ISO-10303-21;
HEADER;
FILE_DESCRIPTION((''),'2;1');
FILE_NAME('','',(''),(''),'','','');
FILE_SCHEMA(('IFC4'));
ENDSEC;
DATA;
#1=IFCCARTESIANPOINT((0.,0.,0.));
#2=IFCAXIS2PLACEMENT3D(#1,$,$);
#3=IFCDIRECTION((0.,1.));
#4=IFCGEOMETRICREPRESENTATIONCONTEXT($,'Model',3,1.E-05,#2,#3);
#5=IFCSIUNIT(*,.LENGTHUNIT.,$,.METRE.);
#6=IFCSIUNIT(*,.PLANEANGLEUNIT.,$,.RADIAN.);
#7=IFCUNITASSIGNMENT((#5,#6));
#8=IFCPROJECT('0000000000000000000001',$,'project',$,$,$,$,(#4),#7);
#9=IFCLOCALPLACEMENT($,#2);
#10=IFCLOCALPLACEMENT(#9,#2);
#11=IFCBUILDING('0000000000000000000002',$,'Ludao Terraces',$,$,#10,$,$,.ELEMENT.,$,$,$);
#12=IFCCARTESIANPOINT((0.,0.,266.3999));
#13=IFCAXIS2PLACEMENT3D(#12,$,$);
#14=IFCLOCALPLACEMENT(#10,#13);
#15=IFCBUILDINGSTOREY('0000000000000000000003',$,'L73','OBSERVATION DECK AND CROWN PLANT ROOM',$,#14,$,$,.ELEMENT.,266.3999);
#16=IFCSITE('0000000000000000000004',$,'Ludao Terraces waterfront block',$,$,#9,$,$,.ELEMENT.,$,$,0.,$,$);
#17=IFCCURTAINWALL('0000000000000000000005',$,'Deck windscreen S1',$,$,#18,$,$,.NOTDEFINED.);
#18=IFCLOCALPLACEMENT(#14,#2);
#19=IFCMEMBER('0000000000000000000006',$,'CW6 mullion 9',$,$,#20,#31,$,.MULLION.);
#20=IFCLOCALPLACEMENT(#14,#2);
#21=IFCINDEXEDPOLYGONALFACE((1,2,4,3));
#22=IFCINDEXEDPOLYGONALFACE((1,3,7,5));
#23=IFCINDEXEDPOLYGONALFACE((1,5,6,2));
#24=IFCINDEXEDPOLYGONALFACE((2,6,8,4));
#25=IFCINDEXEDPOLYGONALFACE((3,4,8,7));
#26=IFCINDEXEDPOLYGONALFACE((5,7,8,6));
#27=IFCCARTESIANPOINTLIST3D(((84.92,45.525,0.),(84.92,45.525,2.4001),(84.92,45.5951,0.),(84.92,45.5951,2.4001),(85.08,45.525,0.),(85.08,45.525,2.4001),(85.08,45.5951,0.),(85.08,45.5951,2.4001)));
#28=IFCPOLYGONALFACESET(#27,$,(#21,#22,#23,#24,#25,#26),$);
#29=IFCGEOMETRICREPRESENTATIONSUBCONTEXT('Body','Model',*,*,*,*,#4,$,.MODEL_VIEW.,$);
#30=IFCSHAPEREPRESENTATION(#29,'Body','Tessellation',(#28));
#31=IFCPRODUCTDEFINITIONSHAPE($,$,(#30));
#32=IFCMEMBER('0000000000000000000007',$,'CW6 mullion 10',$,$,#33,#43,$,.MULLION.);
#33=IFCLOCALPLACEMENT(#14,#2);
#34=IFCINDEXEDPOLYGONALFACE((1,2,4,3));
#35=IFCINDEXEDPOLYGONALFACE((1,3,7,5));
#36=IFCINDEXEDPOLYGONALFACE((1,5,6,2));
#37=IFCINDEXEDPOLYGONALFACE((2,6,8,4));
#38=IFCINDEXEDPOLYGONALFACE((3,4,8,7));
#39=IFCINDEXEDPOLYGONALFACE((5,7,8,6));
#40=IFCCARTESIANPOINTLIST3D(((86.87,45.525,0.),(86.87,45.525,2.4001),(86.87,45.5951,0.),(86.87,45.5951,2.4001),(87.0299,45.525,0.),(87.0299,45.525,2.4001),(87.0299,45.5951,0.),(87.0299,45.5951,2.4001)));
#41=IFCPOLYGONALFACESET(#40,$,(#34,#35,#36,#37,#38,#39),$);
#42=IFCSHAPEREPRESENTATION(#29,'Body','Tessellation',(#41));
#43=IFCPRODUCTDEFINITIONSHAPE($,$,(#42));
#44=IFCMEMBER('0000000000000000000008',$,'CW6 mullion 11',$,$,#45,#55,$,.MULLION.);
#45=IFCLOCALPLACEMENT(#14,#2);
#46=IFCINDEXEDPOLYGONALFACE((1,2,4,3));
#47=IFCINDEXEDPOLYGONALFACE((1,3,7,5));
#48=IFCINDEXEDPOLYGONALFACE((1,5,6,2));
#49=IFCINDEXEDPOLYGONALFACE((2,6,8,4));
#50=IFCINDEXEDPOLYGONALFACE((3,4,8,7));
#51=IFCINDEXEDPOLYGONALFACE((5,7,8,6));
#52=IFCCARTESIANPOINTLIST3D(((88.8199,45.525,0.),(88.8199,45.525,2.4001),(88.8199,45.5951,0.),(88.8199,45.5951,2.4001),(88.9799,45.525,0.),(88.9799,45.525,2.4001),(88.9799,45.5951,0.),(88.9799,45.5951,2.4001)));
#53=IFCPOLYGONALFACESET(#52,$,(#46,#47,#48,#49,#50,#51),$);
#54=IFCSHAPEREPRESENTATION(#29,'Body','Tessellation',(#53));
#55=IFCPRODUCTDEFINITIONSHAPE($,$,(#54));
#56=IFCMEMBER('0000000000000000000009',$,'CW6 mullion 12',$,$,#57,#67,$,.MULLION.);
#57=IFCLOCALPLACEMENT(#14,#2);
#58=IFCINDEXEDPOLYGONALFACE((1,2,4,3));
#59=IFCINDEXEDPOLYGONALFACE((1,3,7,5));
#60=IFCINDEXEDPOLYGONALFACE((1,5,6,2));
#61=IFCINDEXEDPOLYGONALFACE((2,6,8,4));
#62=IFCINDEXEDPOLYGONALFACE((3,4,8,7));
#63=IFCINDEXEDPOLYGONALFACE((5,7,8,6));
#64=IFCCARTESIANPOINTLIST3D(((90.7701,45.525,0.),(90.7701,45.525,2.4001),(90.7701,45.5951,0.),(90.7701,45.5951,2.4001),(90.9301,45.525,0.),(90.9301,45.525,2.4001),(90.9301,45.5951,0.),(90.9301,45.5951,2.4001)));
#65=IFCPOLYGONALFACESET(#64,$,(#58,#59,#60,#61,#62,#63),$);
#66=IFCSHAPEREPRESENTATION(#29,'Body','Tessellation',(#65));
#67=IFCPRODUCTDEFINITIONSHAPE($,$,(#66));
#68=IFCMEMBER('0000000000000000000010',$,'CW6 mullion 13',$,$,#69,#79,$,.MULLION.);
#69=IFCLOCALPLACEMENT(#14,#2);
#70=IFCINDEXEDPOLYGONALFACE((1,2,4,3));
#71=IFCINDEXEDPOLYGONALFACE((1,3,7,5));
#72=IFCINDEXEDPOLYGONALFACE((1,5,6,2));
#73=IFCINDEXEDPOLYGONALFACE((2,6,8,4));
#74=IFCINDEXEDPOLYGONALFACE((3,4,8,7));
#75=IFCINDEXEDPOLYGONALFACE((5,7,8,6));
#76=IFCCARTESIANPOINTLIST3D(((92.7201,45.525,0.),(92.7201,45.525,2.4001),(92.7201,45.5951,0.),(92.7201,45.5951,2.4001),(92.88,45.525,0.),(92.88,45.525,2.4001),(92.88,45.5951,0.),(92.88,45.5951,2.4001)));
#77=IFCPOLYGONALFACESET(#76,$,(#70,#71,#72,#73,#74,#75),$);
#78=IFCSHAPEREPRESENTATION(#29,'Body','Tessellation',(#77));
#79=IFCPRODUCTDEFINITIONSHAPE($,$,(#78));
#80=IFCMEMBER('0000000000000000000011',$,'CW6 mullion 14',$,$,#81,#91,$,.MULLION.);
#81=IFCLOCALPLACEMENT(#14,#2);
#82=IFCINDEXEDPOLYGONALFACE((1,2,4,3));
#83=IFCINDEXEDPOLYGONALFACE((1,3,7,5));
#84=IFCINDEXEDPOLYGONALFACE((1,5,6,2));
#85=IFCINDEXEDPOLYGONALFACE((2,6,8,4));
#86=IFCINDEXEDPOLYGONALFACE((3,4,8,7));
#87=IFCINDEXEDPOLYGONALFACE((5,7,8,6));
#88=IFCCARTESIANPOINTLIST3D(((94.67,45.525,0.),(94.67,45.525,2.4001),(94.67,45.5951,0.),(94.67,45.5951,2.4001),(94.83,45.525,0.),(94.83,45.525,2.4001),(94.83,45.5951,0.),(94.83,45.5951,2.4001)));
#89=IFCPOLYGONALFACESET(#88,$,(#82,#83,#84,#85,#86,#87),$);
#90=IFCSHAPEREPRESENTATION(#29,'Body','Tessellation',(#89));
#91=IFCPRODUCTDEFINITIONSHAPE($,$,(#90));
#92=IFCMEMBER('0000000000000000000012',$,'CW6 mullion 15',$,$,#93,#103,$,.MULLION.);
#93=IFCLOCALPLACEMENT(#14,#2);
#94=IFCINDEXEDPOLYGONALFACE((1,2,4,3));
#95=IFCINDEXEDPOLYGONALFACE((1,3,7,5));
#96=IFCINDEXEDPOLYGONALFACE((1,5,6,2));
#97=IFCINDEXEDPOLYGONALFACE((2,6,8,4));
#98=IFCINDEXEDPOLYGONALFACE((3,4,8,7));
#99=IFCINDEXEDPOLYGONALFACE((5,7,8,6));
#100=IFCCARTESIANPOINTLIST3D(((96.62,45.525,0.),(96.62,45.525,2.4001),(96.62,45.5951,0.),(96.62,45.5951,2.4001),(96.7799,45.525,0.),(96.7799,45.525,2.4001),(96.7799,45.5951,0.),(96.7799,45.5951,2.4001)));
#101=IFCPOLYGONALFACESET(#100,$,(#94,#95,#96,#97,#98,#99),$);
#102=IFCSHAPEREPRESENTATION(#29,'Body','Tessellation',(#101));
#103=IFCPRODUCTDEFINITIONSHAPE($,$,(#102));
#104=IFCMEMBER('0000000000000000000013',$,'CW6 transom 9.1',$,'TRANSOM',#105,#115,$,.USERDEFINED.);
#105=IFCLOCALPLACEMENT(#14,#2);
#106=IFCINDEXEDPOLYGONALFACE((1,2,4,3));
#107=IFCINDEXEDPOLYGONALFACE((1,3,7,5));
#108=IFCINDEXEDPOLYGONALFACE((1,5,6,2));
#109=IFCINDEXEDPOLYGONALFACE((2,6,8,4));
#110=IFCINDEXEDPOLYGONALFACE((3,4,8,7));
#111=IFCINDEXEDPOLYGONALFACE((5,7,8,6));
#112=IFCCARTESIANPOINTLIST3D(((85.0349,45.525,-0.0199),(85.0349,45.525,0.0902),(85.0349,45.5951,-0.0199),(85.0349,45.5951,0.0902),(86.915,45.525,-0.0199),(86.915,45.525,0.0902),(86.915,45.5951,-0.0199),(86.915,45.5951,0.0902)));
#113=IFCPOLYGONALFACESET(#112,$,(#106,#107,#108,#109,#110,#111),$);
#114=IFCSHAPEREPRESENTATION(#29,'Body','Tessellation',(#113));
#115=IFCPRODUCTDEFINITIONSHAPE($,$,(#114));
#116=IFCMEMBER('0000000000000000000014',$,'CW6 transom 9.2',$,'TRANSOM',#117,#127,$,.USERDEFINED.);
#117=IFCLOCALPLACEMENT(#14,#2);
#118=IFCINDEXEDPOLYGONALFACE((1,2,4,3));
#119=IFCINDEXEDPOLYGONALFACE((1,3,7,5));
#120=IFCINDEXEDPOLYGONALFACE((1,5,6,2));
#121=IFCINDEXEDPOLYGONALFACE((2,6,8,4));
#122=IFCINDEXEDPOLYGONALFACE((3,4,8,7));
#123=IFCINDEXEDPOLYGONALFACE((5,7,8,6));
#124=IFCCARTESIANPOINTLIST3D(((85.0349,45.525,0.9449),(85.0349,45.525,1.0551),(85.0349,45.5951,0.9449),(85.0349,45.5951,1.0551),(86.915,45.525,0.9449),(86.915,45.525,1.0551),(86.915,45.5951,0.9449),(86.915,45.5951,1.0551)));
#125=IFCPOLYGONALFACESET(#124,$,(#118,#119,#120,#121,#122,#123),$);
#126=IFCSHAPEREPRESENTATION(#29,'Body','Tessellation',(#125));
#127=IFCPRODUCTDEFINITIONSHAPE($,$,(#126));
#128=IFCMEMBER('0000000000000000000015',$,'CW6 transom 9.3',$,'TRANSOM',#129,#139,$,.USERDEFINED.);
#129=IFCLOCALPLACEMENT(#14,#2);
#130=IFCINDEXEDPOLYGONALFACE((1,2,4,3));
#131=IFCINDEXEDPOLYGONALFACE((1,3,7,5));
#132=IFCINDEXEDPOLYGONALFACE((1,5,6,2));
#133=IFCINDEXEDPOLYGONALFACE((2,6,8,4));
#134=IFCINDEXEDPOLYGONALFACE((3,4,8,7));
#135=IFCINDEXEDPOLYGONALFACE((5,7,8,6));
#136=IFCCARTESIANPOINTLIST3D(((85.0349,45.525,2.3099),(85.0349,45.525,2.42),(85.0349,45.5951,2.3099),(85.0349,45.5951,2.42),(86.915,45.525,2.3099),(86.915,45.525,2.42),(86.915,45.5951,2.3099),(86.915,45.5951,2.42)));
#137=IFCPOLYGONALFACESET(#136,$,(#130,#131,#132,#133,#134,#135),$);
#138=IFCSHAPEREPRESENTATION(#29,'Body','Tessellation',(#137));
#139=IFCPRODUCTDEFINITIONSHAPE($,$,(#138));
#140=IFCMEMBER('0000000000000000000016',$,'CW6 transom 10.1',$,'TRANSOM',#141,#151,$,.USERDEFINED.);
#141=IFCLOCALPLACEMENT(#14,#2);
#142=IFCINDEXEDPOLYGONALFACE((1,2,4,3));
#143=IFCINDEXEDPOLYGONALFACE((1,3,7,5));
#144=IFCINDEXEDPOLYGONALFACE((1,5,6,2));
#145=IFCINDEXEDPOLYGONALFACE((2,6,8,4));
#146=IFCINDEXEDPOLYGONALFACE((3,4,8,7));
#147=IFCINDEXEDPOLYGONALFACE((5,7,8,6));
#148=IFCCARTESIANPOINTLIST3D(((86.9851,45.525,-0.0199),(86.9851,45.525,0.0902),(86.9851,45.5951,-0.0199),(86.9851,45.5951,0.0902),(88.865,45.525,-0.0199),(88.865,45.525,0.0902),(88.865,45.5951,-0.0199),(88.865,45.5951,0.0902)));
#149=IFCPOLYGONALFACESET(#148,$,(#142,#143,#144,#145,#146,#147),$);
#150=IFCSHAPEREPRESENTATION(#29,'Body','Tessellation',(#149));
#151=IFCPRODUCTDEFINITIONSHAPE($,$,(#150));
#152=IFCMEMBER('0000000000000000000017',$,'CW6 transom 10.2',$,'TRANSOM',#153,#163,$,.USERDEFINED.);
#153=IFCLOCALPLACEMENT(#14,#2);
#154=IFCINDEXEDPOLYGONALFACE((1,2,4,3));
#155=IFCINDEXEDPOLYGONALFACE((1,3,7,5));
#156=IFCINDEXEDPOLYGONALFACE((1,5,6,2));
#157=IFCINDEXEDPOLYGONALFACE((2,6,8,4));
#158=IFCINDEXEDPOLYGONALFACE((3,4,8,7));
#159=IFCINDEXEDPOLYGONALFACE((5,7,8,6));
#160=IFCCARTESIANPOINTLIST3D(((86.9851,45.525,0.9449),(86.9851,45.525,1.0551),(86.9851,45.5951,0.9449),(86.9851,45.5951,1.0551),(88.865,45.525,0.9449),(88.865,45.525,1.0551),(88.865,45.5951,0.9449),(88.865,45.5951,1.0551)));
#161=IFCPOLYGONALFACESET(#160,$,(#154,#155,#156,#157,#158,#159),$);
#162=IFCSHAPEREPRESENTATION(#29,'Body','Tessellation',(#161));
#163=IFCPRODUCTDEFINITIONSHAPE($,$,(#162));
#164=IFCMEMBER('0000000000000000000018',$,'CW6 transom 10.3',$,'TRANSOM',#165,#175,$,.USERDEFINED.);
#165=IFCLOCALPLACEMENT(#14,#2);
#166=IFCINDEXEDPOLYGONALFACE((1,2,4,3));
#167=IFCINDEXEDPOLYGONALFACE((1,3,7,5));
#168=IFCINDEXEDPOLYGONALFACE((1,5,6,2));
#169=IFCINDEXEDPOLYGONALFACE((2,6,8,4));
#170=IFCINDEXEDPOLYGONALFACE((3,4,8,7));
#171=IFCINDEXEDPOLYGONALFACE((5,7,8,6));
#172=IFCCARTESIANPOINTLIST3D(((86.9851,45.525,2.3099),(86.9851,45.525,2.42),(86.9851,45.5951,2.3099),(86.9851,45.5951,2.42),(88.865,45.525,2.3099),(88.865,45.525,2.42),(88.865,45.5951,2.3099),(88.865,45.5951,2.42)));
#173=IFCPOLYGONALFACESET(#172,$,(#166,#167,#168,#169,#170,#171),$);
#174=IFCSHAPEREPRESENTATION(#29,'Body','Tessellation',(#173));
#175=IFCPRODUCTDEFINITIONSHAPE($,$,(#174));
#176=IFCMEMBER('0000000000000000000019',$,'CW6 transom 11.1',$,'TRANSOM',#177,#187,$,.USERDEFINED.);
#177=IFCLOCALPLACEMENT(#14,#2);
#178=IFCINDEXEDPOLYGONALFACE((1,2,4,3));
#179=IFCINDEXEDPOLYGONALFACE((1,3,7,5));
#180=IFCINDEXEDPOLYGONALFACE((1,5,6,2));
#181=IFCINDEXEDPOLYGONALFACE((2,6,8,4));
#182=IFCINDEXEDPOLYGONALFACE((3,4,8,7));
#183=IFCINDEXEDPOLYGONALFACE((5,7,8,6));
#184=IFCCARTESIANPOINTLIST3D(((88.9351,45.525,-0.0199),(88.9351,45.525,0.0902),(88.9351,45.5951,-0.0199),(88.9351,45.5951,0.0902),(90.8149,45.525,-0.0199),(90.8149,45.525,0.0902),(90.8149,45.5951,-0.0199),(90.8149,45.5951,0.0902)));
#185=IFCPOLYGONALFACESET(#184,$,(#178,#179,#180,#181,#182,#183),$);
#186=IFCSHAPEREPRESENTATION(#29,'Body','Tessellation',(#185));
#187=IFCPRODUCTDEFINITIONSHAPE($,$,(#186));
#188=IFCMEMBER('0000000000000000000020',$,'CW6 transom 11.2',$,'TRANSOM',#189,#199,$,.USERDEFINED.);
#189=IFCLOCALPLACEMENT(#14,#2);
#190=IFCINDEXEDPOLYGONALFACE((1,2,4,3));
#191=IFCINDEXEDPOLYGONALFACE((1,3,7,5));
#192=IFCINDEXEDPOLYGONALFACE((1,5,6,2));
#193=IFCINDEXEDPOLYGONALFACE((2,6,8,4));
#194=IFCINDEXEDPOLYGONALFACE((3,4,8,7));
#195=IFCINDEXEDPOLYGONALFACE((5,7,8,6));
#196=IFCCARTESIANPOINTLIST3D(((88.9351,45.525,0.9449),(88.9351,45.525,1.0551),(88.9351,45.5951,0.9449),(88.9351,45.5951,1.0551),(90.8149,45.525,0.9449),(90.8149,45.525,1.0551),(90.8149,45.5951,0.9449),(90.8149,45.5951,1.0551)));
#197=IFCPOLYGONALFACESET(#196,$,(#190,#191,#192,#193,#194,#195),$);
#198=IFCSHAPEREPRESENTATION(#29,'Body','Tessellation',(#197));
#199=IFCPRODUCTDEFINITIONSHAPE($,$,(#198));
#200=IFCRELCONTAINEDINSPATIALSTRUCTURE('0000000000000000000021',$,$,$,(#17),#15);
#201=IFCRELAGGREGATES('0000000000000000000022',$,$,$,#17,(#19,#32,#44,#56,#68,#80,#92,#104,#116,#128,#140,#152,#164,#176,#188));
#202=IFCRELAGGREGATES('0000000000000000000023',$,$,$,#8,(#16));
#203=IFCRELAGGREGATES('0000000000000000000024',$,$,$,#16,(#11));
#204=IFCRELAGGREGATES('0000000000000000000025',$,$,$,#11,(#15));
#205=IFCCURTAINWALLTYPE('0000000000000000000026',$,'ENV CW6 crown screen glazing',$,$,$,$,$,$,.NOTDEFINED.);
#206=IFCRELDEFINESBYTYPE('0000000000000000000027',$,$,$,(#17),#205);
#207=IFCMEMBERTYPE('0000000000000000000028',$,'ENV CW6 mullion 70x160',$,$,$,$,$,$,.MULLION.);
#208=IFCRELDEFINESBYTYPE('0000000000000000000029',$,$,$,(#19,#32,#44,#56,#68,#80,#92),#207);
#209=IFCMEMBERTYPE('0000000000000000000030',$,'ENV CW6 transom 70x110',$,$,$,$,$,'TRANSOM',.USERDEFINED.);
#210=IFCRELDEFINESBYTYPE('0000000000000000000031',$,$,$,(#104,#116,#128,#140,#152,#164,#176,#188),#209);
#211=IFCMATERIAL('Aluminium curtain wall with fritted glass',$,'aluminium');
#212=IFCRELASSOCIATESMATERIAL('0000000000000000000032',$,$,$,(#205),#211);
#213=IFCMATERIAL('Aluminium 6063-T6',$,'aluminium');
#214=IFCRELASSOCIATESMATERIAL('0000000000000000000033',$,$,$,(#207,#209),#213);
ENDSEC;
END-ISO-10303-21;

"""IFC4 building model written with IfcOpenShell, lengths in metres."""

from ifc_helpers import new_model, si_unit, direction, frame, origin, origin_2d, place, context, subcontext, project, spatial, rectangle, extrude, material, material_profile, profile_set, type_object, element, aggregate, save


model = new_model("IFC4")

# Units and contexts
model_context = context("Model", 3, precision=1e-05, world=origin(), true_north=direction((0.0, 1.0)))
body_context = subcontext(model_context, "Body", "Model", "MODEL_VIEW")
ifc_project = project(units=[si_unit("LENGTHUNIT", "METRE"), si_unit("PLANEANGLEUNIT", "RADIAN")], contexts=[model_context])

# Site, building, storey
site_placement = place(None, origin())
site = spatial("IfcSite", under=ifc_project, at=site_placement, Name="Ludao Terraces waterfront block", CompositionType="ELEMENT", RefElevation=0.0)
building_placement = place(site_placement, origin())
building = spatial("IfcBuilding", under=site, at=building_placement, Name="Ludao Terraces", CompositionType="ELEMENT")
storey_placement = place(building_placement, frame((0.0, 0.0, 266.3999)))
storey = spatial("IfcBuildingStorey", under=building, at=storey_placement, Name="L73", Description="OBSERVATION DECK AND CROWN PLANT ROOM", CompositionType="ELEMENT", Elevation=266.3999)

# Curtain wall, members
ifc_material_1 = material(Name="Aluminium curtain wall with fritted glass", Category="aluminium")
curtain_wall_type = type_object("IfcCurtainWallType", Name="ENV CW6 crown screen glazing", PredefinedType="NOTDEFINED", material=ifc_material_1)
curtain_wall_placement = place(storey_placement, origin())
curtain_wall = element("IfcCurtainWall", 1, at=curtain_wall_placement, inside=storey, type_object=curtain_wall_type, Name="Deck windscreen S1", PredefinedType="NOTDEFINED")
ifc_material_2 = material(Name="Aluminium 6063-T6", Category="aluminium")
ifc_material_profile_1 = material_profile(ifc_material_2, rectangle(XDim=0.0701, YDim=0.1599, at=origin_2d()), Name="70 X 160")
ifc_profile_set_1 = profile_set([ifc_material_profile_1], Name="Aluminium 6063-T6")
member_type_1 = type_object("IfcMemberType", Name="ENV CW6 mullion 70x160", PredefinedType="MULLION", material=ifc_profile_set_1)
member_1_placement = place(storey_placement, frame((85.0, 45.5601, 0.0), z_axis=(0.0, 0.0, 1.0), x_axis=(0.0, 1.0, 0.0)))
member_1 = element("IfcMember", 2, at=member_1_placement, type_object=member_type_1, Name="CW6 mullion 9", PredefinedType="MULLION", context=body_context, shape_type="SweptSolid", body=[
    extrude(rectangle(XDim=0.0701, YDim=0.1599, at=origin_2d()), origin(), (0.0, 0.0, 1.0), 2.4001),
])
member_2_placement = place(storey_placement, frame((86.95, 45.5601, 0.0), z_axis=(0.0, 0.0, 1.0), x_axis=(0.0, 1.0, 0.0)))
member_2 = element("IfcMember", 3, at=member_2_placement, type_object=member_type_1, Name="CW6 mullion 10", PredefinedType="MULLION", context=body_context, shape_type="SweptSolid", body=[
    extrude(rectangle(XDim=0.0701, YDim=0.1599, at=origin_2d()), origin(), (0.0, 0.0, 1.0), 2.4001),
])
member_3_placement = place(storey_placement, frame((88.8999, 45.5601, 0.0), z_axis=(0.0, 0.0, 1.0), x_axis=(0.0, 1.0, 0.0)))
member_3 = element("IfcMember", 4, at=member_3_placement, type_object=member_type_1, Name="CW6 mullion 11", PredefinedType="MULLION", context=body_context, shape_type="SweptSolid", body=[
    extrude(rectangle(XDim=0.0701, YDim=0.1599, at=origin_2d()), origin(), (0.0, 0.0, 1.0), 2.4001),
])
member_4_placement = place(storey_placement, frame((90.8501, 45.5601, 0.0), z_axis=(0.0, 0.0, 1.0), x_axis=(0.0, 1.0, 0.0)))
member_4 = element("IfcMember", 5, at=member_4_placement, type_object=member_type_1, Name="CW6 mullion 12", PredefinedType="MULLION", context=body_context, shape_type="SweptSolid", body=[
    extrude(rectangle(XDim=0.0701, YDim=0.1599, at=origin_2d()), origin(), (0.0, 0.0, 1.0), 2.4001),
])
member_5_placement = place(storey_placement, frame((92.8, 45.5601, 0.0), z_axis=(0.0, 0.0, 1.0), x_axis=(0.0, 1.0, 0.0)))
member_5 = element("IfcMember", 6, at=member_5_placement, type_object=member_type_1, Name="CW6 mullion 13", PredefinedType="MULLION", context=body_context, shape_type="SweptSolid", body=[
    extrude(rectangle(XDim=0.0701, YDim=0.1599, at=origin_2d()), origin(), (0.0, 0.0, 1.0), 2.4001),
])
member_6_placement = place(storey_placement, frame((94.75, 45.5601, 0.0), z_axis=(0.0, 0.0, 1.0), x_axis=(0.0, 1.0, 0.0)))
member_6 = element("IfcMember", 7, at=member_6_placement, type_object=member_type_1, Name="CW6 mullion 14", PredefinedType="MULLION", context=body_context, shape_type="SweptSolid", body=[
    extrude(rectangle(XDim=0.0701, YDim=0.1599, at=origin_2d()), origin(), (0.0, 0.0, 1.0), 2.4001),
])
member_7_placement = place(storey_placement, frame((96.7, 45.5601, 0.0), z_axis=(0.0, 0.0, 1.0), x_axis=(0.0, 1.0, 0.0)))
member_7 = element("IfcMember", 8, at=member_7_placement, type_object=member_type_1, Name="CW6 mullion 15", PredefinedType="MULLION", context=body_context, shape_type="SweptSolid", body=[
    extrude(rectangle(XDim=0.0701, YDim=0.1599, at=origin_2d()), origin(), (0.0, 0.0, 1.0), 2.4001),
])
ifc_material_profile_2 = material_profile(ifc_material_2, rectangle(XDim=0.0701, YDim=0.1101, at=origin_2d()), Name="70 X 110")
ifc_profile_set_2 = profile_set([ifc_material_profile_2], Name="Aluminium 6063-T6")
member_type_2 = type_object("IfcMemberType", Name="ENV CW6 transom 70x110", ElementType="TRANSOM", PredefinedType="USERDEFINED", material=ifc_profile_set_2)
member_8_placement = place(storey_placement, frame((85.0349, 45.5601, 0.0352), z_axis=(1.0, 0.0, 0.0), x_axis=(0.0, 1.0, 0.0)))
member_8 = element("IfcMember", 9, at=member_8_placement, type_object=member_type_2, Name="CW6 transom 9.1", ObjectType="TRANSOM", PredefinedType="USERDEFINED", context=body_context, shape_type="SweptSolid", body=[
    extrude(rectangle(XDim=0.0701, YDim=0.1101, at=origin_2d()), origin(), (0.0, 0.0, 1.0), 1.8801),
])
member_9_placement = place(storey_placement, frame((85.0349, 45.5601, 1.0), z_axis=(1.0, 0.0, 0.0), x_axis=(0.0, 1.0, 0.0)))
member_9 = element("IfcMember", 10, at=member_9_placement, type_object=member_type_2, Name="CW6 transom 9.2", ObjectType="TRANSOM", PredefinedType="USERDEFINED", context=body_context, shape_type="SweptSolid", body=[
    extrude(rectangle(XDim=0.0701, YDim=0.1101, at=origin_2d()), origin(), (0.0, 0.0, 1.0), 1.8801),
])
member_10_placement = place(storey_placement, frame((85.0349, 45.5601, 2.365), z_axis=(1.0, 0.0, 0.0), x_axis=(0.0, 1.0, 0.0)))
member_10 = element("IfcMember", 11, at=member_10_placement, type_object=member_type_2, Name="CW6 transom 9.3", ObjectType="TRANSOM", PredefinedType="USERDEFINED", context=body_context, shape_type="SweptSolid", body=[
    extrude(rectangle(XDim=0.0701, YDim=0.1101, at=origin_2d()), origin(), (0.0, 0.0, 1.0), 1.8801),
])
member_11_placement = place(storey_placement, frame((86.9851, 45.5601, 0.0352), z_axis=(1.0, 0.0, 0.0), x_axis=(0.0, 1.0, 0.0)))
member_11 = element("IfcMember", 12, at=member_11_placement, type_object=member_type_2, Name="CW6 transom 10.1", ObjectType="TRANSOM", PredefinedType="USERDEFINED", context=body_context, shape_type="SweptSolid", body=[
    extrude(rectangle(XDim=0.0701, YDim=0.1101, at=origin_2d()), origin(), (0.0, 0.0, 1.0), 1.8799),
])
member_12_placement = place(storey_placement, frame((86.9851, 45.5601, 1.0), z_axis=(1.0, 0.0, 0.0), x_axis=(0.0, 1.0, 0.0)))
member_12 = element("IfcMember", 13, at=member_12_placement, type_object=member_type_2, Name="CW6 transom 10.2", ObjectType="TRANSOM", PredefinedType="USERDEFINED", context=body_context, shape_type="SweptSolid", body=[
    extrude(rectangle(XDim=0.0701, YDim=0.1101, at=origin_2d()), origin(), (0.0, 0.0, 1.0), 1.8799),
])
member_13_placement = place(storey_placement, frame((86.9851, 45.5601, 2.365), z_axis=(1.0, 0.0, 0.0), x_axis=(0.0, 1.0, 0.0)))
member_13 = element("IfcMember", 14, at=member_13_placement, type_object=member_type_2, Name="CW6 transom 10.3", ObjectType="TRANSOM", PredefinedType="USERDEFINED", context=body_context, shape_type="SweptSolid", body=[
    extrude(rectangle(XDim=0.0701, YDim=0.1101, at=origin_2d()), origin(), (0.0, 0.0, 1.0), 1.8799),
])
member_14_placement = place(storey_placement, frame((88.9351, 45.5601, 0.0352), z_axis=(1.0, 0.0, 0.0), x_axis=(0.0, 1.0, 0.0)))
member_14 = element("IfcMember", 15, at=member_14_placement, type_object=member_type_2, Name="CW6 transom 11.1", ObjectType="TRANSOM", PredefinedType="USERDEFINED", context=body_context, shape_type="SweptSolid", body=[
    extrude(rectangle(XDim=0.0701, YDim=0.1101, at=origin_2d()), origin(), (0.0, 0.0, 1.0), 1.8799),
])
member_15_placement = place(storey_placement, frame((88.9351, 45.5601, 1.0), z_axis=(1.0, 0.0, 0.0), x_axis=(0.0, 1.0, 0.0)))
member_15 = element("IfcMember", 16, at=member_15_placement, type_object=member_type_2, Name="CW6 transom 11.2", ObjectType="TRANSOM", PredefinedType="USERDEFINED", context=body_context, shape_type="SweptSolid", body=[
    extrude(rectangle(XDim=0.0701, YDim=0.1101, at=origin_2d()), origin(), (0.0, 0.0, 1.0), 1.8799),
])
aggregate(curtain_wall, [member_1, member_2, member_3, member_4, member_5, member_6, member_7, member_8, member_9, member_10, member_11, member_12, member_13, member_14, member_15])

save(model, "model.ifc")
